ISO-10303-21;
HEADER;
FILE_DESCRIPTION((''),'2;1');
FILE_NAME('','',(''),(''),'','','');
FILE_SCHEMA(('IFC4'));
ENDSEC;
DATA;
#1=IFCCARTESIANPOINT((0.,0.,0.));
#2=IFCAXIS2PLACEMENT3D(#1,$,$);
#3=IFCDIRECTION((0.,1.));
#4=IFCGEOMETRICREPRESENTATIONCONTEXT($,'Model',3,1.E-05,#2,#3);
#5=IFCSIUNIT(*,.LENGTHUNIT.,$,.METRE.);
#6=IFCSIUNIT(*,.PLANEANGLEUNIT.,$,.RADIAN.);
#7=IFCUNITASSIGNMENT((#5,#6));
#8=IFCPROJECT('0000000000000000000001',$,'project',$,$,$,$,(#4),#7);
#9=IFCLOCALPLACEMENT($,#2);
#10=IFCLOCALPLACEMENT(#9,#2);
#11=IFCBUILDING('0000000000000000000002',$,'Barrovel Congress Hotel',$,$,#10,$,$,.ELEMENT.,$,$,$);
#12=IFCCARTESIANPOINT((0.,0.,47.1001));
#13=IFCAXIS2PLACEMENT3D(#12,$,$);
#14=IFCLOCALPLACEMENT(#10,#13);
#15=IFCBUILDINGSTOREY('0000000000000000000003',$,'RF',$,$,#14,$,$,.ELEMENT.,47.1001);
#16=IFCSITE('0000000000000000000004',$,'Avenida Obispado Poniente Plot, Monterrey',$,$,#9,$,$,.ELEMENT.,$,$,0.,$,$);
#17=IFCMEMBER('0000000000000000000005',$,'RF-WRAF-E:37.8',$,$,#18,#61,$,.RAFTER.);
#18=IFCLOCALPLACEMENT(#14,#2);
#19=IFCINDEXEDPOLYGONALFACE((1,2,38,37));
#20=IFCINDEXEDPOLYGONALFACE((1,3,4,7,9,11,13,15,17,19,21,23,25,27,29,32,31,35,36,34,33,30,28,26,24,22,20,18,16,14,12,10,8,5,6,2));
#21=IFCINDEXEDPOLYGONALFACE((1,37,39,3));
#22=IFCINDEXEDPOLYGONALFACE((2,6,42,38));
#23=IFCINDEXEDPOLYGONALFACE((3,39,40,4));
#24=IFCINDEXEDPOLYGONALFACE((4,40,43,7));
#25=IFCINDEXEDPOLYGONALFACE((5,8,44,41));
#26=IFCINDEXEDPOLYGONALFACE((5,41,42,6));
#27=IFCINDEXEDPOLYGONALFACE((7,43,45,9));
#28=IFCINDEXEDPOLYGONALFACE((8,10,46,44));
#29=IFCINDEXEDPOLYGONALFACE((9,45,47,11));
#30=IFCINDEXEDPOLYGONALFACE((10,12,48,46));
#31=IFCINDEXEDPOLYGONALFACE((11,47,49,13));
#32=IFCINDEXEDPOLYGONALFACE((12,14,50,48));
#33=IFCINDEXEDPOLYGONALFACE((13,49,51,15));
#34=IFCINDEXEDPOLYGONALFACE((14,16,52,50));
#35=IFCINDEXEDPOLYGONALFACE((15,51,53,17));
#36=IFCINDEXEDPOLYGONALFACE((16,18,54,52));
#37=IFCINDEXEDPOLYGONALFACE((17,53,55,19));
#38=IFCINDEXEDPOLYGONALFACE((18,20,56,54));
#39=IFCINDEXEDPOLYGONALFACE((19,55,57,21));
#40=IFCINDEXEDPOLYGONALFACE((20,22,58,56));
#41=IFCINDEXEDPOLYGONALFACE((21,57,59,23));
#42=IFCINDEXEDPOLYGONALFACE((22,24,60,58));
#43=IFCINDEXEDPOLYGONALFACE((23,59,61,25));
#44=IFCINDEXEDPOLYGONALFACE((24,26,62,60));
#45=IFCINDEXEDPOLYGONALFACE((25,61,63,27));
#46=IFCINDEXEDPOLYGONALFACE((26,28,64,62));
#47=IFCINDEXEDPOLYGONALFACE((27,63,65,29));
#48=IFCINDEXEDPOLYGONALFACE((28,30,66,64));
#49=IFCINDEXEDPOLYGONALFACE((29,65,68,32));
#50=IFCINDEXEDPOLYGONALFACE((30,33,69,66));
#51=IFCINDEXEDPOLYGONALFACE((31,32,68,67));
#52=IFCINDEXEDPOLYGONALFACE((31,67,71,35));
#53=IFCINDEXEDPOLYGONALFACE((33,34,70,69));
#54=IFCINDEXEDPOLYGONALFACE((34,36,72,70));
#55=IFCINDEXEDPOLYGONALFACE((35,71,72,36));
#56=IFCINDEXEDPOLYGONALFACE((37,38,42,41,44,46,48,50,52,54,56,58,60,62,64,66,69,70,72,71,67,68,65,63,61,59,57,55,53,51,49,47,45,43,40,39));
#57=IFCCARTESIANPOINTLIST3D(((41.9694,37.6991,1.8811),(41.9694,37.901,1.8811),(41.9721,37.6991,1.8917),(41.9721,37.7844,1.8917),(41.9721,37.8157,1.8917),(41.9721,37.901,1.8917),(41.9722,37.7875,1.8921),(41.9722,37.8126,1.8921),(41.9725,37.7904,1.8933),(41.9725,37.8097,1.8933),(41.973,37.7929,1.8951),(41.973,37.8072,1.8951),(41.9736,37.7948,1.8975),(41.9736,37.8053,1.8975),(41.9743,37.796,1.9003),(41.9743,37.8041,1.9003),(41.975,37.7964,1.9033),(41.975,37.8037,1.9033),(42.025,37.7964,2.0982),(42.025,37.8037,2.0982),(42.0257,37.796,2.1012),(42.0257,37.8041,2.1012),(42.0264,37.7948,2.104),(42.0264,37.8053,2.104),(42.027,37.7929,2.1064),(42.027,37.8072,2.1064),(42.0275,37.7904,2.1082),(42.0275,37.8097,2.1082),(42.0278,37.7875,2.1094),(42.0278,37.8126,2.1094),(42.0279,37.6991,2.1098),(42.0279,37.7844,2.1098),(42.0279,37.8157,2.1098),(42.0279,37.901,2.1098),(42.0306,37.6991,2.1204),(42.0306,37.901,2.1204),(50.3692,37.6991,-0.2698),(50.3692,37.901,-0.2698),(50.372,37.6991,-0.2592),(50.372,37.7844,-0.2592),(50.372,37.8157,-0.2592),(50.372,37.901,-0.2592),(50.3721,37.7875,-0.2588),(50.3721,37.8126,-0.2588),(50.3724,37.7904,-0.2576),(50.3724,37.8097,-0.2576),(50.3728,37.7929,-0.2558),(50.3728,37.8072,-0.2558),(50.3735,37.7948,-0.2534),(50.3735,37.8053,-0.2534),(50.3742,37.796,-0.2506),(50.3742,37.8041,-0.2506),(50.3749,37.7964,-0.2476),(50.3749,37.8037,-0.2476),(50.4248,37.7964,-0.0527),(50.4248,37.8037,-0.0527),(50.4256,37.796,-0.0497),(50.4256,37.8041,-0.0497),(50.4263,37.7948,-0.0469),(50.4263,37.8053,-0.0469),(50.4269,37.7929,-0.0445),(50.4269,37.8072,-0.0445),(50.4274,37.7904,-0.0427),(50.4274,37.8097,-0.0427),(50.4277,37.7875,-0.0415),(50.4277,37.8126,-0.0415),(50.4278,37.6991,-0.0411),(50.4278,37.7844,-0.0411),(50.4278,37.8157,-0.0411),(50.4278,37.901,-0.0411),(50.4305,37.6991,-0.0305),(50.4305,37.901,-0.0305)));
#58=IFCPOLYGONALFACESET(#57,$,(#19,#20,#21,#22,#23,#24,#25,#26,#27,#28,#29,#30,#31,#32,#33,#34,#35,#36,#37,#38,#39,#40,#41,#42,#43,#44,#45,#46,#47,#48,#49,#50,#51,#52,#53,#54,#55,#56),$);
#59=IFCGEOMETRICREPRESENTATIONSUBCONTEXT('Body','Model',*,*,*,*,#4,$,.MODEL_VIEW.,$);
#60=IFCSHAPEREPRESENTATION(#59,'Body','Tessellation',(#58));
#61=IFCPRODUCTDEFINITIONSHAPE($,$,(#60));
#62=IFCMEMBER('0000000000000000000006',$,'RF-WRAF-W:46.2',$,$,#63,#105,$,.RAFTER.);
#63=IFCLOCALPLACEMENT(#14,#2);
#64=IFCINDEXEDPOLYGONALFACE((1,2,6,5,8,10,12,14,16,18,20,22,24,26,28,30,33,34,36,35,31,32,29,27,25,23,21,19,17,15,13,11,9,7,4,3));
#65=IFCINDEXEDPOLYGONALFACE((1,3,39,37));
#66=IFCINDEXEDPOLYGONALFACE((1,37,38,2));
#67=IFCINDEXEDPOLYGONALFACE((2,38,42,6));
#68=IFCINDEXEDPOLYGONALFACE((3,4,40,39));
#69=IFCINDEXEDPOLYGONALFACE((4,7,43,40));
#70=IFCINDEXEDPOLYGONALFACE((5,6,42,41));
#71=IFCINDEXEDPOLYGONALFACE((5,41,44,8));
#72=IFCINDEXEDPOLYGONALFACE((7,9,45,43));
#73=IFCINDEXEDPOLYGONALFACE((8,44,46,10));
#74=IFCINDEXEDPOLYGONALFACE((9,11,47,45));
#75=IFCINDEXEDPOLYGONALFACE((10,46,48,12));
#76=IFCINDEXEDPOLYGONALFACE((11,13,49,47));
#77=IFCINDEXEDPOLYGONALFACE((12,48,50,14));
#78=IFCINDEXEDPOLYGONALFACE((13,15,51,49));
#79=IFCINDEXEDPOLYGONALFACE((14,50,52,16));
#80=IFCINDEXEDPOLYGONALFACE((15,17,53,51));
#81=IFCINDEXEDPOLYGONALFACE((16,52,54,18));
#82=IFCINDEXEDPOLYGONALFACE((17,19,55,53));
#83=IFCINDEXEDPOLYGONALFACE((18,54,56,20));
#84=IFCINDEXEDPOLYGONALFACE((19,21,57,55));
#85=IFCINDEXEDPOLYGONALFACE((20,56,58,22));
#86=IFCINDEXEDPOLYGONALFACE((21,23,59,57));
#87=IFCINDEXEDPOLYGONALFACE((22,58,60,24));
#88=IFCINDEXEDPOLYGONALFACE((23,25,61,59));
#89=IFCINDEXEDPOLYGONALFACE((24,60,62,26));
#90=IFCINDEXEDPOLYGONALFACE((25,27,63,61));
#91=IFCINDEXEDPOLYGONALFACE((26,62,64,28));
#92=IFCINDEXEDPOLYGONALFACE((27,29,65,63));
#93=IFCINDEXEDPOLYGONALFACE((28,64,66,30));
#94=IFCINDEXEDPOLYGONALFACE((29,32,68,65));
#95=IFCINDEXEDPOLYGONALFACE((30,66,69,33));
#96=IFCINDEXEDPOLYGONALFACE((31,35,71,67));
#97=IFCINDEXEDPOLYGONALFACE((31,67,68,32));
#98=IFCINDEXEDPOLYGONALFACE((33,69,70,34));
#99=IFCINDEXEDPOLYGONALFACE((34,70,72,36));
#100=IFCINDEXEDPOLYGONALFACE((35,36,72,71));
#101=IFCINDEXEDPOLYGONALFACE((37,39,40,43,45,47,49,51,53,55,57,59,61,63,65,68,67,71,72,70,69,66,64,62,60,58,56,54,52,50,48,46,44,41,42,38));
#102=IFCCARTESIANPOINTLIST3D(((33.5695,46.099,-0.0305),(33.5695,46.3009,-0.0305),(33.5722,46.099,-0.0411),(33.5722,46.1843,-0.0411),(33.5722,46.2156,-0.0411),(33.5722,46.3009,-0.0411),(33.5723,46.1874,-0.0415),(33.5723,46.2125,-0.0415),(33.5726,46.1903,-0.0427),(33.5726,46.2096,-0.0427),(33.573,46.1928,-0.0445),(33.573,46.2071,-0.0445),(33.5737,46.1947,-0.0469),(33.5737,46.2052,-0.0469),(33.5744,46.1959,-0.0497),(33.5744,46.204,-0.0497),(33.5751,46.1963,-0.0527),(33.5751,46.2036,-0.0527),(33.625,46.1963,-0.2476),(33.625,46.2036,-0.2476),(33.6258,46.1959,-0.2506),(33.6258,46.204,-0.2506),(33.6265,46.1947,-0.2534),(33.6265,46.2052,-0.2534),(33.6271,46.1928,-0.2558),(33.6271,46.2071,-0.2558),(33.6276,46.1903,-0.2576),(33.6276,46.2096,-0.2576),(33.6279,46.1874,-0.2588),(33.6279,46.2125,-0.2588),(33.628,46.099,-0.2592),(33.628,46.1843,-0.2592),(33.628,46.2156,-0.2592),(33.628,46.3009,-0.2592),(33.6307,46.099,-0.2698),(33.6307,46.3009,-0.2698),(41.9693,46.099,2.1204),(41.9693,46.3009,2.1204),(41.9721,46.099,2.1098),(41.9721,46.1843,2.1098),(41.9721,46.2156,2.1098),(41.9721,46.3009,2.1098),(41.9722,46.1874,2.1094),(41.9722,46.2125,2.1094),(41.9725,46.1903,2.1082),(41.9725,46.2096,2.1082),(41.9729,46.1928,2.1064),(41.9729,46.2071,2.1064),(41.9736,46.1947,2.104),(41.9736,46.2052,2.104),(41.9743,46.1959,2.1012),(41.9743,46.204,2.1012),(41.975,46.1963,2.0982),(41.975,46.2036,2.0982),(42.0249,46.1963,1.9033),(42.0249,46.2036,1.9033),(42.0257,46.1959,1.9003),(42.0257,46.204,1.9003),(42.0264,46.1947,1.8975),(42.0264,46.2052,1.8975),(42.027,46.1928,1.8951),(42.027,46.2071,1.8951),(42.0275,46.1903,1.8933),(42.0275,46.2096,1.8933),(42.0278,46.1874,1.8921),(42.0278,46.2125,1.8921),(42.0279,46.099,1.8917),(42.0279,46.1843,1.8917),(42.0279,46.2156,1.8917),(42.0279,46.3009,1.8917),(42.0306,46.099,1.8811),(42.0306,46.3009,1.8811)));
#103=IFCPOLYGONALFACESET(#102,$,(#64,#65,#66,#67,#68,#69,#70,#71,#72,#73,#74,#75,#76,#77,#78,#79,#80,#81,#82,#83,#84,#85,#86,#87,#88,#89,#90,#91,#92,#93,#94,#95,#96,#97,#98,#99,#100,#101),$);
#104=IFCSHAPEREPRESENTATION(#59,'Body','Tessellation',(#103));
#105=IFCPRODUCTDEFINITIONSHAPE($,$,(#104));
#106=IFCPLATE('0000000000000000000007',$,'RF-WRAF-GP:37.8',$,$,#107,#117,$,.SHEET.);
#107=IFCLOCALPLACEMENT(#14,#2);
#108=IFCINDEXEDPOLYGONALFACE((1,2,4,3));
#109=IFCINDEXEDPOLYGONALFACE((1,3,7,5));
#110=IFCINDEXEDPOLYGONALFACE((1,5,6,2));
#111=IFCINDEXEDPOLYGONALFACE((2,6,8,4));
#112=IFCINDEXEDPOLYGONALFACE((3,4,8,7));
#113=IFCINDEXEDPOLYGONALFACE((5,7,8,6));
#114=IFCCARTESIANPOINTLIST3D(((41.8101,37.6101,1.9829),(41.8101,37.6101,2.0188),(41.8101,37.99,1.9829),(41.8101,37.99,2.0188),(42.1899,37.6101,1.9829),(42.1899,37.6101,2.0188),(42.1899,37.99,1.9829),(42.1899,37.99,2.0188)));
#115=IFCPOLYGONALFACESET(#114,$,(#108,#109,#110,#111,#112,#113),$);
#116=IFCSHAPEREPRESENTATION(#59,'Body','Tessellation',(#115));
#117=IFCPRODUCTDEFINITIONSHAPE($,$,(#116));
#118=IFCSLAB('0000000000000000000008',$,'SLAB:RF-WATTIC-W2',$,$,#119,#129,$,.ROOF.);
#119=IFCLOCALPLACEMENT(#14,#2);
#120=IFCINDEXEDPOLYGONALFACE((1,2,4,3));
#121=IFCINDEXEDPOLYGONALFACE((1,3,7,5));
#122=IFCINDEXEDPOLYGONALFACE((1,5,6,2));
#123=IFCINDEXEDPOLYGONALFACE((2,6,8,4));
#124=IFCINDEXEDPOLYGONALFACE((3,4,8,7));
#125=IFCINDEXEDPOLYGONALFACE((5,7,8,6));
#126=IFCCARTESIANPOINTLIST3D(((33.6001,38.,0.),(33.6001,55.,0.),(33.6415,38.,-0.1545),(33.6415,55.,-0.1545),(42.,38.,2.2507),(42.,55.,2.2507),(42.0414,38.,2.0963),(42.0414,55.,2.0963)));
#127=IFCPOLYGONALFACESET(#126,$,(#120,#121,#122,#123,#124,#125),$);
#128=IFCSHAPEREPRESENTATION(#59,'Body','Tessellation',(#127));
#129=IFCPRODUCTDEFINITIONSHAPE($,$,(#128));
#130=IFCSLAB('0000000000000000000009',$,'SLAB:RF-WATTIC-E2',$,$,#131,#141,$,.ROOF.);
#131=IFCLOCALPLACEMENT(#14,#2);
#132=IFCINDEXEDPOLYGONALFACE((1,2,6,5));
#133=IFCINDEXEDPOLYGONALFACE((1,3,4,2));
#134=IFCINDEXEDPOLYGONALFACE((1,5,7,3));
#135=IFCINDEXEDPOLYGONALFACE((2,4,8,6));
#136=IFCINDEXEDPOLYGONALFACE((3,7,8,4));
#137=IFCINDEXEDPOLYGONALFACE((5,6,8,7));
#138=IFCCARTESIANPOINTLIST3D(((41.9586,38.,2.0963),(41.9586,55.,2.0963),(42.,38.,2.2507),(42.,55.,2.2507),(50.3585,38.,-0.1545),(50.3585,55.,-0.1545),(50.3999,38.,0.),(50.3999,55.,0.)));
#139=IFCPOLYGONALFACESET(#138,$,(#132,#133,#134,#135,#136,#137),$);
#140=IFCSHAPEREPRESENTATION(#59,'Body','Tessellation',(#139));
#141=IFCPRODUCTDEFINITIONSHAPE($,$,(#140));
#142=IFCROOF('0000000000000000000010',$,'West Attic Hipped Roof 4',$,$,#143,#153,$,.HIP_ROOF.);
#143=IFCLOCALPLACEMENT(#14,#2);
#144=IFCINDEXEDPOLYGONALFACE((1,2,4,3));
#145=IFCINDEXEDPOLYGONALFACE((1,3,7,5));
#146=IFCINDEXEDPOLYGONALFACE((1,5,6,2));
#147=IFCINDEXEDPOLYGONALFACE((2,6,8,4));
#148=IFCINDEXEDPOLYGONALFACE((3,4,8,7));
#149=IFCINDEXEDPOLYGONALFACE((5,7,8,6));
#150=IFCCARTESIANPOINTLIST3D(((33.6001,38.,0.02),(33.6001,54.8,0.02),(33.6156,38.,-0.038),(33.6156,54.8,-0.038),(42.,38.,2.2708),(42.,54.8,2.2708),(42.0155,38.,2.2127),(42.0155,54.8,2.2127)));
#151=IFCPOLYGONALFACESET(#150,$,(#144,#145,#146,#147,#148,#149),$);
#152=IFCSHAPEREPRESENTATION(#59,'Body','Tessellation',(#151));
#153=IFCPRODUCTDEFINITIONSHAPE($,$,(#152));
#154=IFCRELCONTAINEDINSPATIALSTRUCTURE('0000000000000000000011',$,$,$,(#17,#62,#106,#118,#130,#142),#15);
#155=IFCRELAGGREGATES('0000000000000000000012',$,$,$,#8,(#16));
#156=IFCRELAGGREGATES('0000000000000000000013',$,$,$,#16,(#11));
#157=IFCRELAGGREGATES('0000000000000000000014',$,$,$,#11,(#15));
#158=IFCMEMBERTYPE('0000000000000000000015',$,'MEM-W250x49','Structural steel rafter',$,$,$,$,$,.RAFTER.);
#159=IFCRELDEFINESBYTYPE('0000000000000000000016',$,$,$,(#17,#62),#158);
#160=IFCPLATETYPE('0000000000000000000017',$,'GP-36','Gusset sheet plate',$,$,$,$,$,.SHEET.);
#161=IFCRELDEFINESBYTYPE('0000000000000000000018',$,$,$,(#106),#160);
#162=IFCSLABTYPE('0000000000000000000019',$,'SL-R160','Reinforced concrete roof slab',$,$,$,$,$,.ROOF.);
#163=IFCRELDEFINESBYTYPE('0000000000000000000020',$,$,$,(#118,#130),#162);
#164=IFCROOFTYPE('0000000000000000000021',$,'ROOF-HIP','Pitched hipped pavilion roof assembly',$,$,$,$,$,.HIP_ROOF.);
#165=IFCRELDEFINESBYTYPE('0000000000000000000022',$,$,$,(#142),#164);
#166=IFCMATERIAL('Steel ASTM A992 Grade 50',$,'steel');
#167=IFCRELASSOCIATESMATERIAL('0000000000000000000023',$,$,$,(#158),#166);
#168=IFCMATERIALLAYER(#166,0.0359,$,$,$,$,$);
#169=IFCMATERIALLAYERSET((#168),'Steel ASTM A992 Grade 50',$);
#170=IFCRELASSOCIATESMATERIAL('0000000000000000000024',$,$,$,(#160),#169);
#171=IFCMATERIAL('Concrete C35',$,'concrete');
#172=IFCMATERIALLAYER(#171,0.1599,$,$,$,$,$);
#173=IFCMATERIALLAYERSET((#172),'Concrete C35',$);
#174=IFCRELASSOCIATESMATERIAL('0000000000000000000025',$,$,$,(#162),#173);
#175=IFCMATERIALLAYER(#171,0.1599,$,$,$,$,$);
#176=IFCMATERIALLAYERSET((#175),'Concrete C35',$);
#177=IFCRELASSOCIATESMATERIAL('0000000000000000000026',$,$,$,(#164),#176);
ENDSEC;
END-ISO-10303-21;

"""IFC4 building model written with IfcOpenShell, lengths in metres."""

from ifc_helpers import new_model, si_unit, direction, frame, origin, origin_2d, place, context, subcontext, project, spatial, polyline, rectangle, i_section, outline, extrude, material, layer, layer_set, material_profile, profile_set, type_object, element, save


model = new_model("IFC4")

# Units and contexts
model_context = context("Model", 3, precision=1e-05, world=origin(), true_north=direction((0.0, 1.0)))
body_context = subcontext(model_context, "Body", "Model", "MODEL_VIEW")
ifc_project = project(units=[si_unit("LENGTHUNIT", "METRE"), si_unit("PLANEANGLEUNIT", "RADIAN")], contexts=[model_context])

# Site, building, storey
site_placement = place(None, origin())
site = spatial("IfcSite", under=ifc_project, at=site_placement, Name="Avenida Obispado Poniente Plot, Monterrey", CompositionType="ELEMENT", RefElevation=0.0)
building_placement = place(site_placement, origin())
building = spatial("IfcBuilding", under=site, at=building_placement, Name="Barrovel Congress Hotel", CompositionType="ELEMENT")
storey_placement = place(building_placement, frame((0.0, 0.0, 47.1001)))
storey = spatial("IfcBuildingStorey", under=building, at=storey_placement, Name="RF", CompositionType="ELEMENT", Elevation=47.1001)

# Members
ifc_material_1 = material(Name="Steel ASTM A992 Grade 50", Category="steel")
ifc_material_profile_1 = material_profile(ifc_material_1, i_section(OverallWidth=0.2019, OverallDepth=0.2471, WebThickness=0.0073, FlangeThickness=0.011, FilletRadius=0.012, at=origin_2d()), Name="W250x49")
ifc_profile_set_1 = profile_set([ifc_material_profile_1], Name="Steel ASTM A992 Grade 50")
member_type_1 = type_object("IfcMemberType", Name="MEM-W250x49", Description="Structural steel rafter", PredefinedType="RAFTER", material=ifc_profile_set_1)
for number, where, z_axis, x_axis, name in (
    (1, (42.0, 37.8, 2.0007), (0.968745, 0.0, -0.248057), (0.0, 1.0, 0.0), "RF-WRAF-E:37.8"),
    (2, (33.6001, 46.2, -0.1501), (0.968745, 0.0, 0.248057), (0.0, 1.0, 0.0), "RF-WRAF-W:46.2"),
):
    element("IfcMember", number, at=place(storey_placement, frame(where, z_axis=z_axis, x_axis=x_axis)), inside=storey, type_object=member_type_1, Name=name, PredefinedType="RAFTER", context=body_context, shape_type="SweptSolid", body=[
        extrude(i_section(OverallWidth=0.2019, OverallDepth=0.2471, WebThickness=0.0073, FlangeThickness=0.011, FilletRadius=0.012, at=origin_2d()), origin(), (0.0, 0.0, 1.0), 8.6709),
    ])

# Plate
ifc_layer_1 = layer(ifc_material_1, 0.0359)
ifc_layer_set_1 = layer_set([ifc_layer_1], Name="Steel ASTM A992 Grade 50")
plate_type = type_object("IfcPlateType", Name="GP-36", Description="Gusset sheet plate", PredefinedType="SHEET", material=ifc_layer_set_1)
plate_placement = place(storey_placement, frame((42.0, 37.8, 1.9829), z_axis=(0.0, 0.0, 1.0), x_axis=(1.0, 0.0, 0.0)))
element("IfcPlate", 3, at=plate_placement, inside=storey, type_object=plate_type, Name="RF-WRAF-GP:37.8", PredefinedType="SHEET", context=body_context, shape_type="SweptSolid", body=[
    extrude(rectangle(XDim=0.3799, YDim=0.3799, at=origin_2d()), origin(), (0.0, 0.0, 1.0), 0.0359),
])

# Slabs
ifc_material_2 = material(Name="Concrete C35", Category="concrete")
ifc_layer_2 = layer(ifc_material_2, 0.1599)
ifc_layer_set_2 = layer_set([ifc_layer_2], Name="Concrete C35")
slab_type = type_object("IfcSlabType", Name="SL-R160", Description="Reinforced concrete roof slab", PredefinedType="ROOF", material=ifc_layer_set_2)
for number, where, z_axis, x_axis, name in (
    (4, (33.6001, 38.0, 0.0), (-0.258817, 0.0, 0.965926), (0.965926, 0.0, 0.258817), "SLAB:RF-WATTIC-W2"),
    (5, (42.0, 38.0, 2.2507), (0.258817, 0.0, 0.965926), (0.965926, 0.0, -0.258817), "SLAB:RF-WATTIC-E2"),
):
    element("IfcSlab", number, at=place(storey_placement, frame(where, z_axis=z_axis, x_axis=x_axis)), inside=storey, type_object=slab_type, Name=name, PredefinedType="ROOF", context=body_context, shape_type="SweptSolid", body=[
        extrude(outline(polyline([(0.0, 0.0), (8.6962, 0.0), (8.6962, 17.0), (0.0, 17.0), (0.0, 0.0)])), origin(), (0.0, 0.0, -1.0), 0.1599),
    ])

# Roof
ifc_layer_3 = layer(ifc_material_2, 0.1599)
ifc_layer_set_3 = layer_set([ifc_layer_3], Name="Concrete C35")
roof_type = type_object("IfcRoofType", Name="ROOF-HIP", Description="Pitched hipped pavilion roof assembly", PredefinedType="HIP_ROOF", material=ifc_layer_set_3)
roof_placement = place(storey_placement, frame((33.6001, 38.0, 0.02), z_axis=(-0.258817, 0.0, 0.965926), x_axis=(0.965926, 0.0, 0.258817)))
element("IfcRoof", 6, at=roof_placement, inside=storey, type_object=roof_type, Name="West Attic Hipped Roof 4", PredefinedType="HIP_ROOF", context=body_context, shape_type="SweptSolid", body=[
    extrude(outline(polyline([(0.0, 0.0), (8.6962, 0.0), (8.6962, 16.8), (0.0, 16.8), (0.0, 0.0)])), origin(), (0.0, 0.0, -1.0), 0.0601),
])

save(model, "model.ifc")
